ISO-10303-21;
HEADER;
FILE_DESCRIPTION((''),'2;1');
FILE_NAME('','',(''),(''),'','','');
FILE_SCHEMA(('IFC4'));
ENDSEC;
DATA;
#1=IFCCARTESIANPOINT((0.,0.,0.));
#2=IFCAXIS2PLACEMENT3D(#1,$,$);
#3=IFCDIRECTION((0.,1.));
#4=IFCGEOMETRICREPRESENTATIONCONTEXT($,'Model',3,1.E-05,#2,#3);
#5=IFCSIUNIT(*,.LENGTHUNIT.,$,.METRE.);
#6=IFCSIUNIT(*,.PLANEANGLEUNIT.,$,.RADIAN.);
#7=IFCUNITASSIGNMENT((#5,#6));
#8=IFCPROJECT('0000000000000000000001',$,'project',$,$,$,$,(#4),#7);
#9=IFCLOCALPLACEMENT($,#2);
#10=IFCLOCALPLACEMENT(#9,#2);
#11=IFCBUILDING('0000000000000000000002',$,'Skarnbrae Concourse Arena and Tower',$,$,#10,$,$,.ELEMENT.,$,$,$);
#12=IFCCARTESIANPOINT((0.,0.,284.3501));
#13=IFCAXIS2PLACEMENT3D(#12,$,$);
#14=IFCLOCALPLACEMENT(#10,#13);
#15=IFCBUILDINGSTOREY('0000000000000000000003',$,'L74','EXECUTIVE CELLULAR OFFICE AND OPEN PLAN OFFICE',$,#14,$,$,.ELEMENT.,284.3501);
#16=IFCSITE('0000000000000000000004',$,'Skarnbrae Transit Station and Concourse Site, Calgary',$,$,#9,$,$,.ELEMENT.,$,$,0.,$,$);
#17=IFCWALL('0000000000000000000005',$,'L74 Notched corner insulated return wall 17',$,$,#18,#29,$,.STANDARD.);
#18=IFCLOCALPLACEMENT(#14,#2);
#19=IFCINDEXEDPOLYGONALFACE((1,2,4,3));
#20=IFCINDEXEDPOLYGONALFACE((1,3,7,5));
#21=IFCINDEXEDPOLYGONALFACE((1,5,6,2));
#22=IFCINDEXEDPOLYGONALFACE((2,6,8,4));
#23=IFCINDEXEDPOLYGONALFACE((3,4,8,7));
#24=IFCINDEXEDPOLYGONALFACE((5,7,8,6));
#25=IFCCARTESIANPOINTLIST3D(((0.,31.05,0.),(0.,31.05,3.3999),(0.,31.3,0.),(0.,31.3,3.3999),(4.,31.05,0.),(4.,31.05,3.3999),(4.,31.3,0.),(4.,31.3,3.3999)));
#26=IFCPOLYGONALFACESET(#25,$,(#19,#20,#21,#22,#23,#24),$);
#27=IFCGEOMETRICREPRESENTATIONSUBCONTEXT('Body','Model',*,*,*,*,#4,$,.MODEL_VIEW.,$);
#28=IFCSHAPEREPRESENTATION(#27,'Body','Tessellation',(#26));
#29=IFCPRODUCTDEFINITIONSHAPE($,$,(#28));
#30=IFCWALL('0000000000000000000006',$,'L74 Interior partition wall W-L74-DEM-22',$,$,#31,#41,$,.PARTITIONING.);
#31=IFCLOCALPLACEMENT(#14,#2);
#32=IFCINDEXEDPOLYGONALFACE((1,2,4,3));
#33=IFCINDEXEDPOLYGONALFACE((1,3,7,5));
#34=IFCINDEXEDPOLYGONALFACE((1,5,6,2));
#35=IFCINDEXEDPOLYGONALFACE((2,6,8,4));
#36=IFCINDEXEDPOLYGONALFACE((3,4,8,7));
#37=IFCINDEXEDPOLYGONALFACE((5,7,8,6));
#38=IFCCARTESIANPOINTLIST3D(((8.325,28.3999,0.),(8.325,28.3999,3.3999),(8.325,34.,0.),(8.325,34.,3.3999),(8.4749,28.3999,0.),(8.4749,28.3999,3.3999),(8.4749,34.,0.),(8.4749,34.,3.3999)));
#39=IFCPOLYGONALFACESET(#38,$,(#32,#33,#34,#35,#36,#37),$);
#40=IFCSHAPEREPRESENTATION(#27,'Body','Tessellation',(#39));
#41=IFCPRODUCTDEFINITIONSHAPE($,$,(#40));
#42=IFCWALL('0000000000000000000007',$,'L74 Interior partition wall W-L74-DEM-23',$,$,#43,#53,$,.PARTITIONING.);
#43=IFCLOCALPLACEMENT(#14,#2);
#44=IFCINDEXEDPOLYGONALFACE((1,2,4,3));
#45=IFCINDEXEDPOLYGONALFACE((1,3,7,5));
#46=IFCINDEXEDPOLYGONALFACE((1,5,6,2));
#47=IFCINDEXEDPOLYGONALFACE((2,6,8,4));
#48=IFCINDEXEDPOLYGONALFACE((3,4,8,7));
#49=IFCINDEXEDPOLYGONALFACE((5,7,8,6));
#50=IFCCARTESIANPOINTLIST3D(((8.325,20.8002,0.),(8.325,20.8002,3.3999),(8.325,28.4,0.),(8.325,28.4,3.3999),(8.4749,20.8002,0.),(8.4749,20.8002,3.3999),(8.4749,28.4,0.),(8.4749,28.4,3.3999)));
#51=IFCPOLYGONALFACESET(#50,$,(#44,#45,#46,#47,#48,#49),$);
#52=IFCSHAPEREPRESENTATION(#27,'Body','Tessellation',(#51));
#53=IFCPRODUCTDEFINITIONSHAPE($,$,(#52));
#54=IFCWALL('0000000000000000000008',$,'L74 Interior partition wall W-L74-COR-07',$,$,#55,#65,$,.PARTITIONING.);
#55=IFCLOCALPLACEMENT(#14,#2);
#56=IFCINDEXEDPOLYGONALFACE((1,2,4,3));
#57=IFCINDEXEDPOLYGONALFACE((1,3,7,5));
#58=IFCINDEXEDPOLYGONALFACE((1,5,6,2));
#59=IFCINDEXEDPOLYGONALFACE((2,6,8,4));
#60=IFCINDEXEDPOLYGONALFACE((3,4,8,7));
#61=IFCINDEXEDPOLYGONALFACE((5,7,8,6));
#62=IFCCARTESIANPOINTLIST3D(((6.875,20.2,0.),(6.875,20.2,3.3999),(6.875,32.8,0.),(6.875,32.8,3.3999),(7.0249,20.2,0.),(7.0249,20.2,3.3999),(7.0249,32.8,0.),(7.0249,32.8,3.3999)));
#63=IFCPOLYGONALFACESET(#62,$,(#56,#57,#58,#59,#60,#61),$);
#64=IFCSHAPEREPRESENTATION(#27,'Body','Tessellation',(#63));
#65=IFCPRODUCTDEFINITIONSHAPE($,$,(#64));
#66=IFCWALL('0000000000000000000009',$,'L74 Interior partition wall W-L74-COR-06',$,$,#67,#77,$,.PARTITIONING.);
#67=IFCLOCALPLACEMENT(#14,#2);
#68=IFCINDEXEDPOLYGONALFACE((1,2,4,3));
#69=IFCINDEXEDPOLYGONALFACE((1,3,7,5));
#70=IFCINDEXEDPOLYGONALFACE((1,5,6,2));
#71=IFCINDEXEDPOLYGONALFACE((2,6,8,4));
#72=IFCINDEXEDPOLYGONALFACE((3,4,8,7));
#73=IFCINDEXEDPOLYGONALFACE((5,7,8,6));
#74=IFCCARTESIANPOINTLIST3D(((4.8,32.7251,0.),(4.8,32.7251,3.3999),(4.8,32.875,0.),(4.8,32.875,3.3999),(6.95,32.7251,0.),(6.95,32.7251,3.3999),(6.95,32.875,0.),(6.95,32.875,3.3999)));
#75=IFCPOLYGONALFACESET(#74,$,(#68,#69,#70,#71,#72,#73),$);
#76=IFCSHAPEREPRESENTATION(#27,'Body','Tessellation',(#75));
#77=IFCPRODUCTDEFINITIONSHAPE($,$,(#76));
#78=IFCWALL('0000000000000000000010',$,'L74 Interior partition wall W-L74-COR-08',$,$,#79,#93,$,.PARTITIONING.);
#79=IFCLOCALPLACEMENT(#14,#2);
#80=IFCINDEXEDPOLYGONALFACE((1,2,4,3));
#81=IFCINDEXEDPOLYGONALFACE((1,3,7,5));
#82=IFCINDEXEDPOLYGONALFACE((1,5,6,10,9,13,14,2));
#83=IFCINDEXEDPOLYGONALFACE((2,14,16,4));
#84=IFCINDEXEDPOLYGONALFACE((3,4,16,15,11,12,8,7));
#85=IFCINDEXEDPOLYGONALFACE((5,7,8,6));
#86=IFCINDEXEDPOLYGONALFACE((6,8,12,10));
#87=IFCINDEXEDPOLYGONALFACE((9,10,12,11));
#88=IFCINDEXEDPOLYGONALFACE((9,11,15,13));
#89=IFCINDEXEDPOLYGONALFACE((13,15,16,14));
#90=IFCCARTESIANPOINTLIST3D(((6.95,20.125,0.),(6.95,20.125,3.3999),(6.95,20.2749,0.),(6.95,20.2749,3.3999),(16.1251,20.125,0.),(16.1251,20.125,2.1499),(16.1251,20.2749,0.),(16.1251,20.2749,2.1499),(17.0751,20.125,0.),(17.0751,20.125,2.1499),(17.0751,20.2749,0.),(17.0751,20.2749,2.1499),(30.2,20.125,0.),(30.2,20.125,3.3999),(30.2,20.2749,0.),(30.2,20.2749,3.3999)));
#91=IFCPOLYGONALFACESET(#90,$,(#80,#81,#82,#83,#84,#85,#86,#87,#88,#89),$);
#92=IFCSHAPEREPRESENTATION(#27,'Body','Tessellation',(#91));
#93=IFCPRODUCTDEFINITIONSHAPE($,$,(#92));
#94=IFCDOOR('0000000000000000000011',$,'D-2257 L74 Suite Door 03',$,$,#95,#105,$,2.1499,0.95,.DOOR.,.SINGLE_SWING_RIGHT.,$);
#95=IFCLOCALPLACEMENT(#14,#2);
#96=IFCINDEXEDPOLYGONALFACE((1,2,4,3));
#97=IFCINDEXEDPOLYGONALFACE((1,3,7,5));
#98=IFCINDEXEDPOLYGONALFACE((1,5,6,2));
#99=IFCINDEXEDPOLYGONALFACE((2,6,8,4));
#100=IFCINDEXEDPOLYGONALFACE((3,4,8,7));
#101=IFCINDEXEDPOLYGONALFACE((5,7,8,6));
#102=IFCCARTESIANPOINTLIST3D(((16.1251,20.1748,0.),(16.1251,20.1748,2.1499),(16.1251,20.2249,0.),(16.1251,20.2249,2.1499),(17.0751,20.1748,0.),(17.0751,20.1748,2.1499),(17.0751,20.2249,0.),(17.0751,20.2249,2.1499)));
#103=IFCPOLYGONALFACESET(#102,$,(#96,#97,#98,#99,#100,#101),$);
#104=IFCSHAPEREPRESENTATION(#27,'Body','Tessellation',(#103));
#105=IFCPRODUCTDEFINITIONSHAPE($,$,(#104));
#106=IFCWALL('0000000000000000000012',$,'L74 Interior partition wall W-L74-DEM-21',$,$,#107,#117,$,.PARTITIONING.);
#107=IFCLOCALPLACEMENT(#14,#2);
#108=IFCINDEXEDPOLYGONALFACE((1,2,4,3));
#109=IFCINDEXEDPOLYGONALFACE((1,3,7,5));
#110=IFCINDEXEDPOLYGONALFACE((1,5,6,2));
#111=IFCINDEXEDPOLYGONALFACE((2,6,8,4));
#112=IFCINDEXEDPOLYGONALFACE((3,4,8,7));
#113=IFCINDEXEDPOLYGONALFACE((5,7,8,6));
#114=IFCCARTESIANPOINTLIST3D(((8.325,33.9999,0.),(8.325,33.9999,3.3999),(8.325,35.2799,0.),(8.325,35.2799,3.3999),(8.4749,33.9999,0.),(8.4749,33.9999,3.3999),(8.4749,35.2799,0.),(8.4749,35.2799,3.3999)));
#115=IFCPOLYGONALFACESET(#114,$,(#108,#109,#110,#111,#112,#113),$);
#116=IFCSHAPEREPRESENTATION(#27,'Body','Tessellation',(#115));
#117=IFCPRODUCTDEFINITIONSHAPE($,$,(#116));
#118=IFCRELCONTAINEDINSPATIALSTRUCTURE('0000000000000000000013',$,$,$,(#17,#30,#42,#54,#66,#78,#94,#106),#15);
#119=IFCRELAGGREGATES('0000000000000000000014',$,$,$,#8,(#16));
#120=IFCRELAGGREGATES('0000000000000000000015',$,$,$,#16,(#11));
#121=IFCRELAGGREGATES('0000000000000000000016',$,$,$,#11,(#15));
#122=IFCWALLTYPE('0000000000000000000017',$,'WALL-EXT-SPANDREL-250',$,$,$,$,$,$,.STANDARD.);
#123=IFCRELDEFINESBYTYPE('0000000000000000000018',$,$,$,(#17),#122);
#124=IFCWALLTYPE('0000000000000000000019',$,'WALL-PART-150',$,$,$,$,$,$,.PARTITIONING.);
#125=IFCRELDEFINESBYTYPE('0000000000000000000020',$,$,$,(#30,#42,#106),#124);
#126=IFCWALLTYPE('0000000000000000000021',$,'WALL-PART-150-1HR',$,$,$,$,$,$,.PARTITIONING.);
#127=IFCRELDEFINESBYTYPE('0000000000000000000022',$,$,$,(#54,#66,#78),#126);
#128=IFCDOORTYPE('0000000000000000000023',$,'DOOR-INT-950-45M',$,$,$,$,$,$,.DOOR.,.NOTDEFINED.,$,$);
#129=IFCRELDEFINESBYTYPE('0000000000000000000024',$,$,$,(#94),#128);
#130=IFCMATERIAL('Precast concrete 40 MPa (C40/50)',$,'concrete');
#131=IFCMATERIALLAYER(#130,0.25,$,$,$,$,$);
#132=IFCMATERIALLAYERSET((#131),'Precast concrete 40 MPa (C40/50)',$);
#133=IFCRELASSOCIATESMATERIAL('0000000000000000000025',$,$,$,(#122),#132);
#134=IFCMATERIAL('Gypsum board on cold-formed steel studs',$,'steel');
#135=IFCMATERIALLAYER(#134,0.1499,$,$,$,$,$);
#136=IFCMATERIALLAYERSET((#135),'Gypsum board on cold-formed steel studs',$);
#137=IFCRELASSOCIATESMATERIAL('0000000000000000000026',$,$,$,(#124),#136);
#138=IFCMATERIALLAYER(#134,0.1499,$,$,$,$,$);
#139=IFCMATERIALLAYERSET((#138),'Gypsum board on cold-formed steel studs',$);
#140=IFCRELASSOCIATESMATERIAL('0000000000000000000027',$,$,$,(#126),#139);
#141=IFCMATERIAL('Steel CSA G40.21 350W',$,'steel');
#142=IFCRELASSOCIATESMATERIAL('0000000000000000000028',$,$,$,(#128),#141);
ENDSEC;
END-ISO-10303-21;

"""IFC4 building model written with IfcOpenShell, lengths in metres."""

from ifc_helpers import new_model, si_unit, direction, frame, frame_2d, origin, place, context, subcontext, project, spatial, rectangle, extrude, source, transform, mapped, material, layer, layer_set, type_object, element, fill, save


model = new_model("IFC4")

# Units and contexts
model_context = context("Model", 3, precision=1e-05, world=origin(), true_north=direction((0.0, 1.0)))
body_context = subcontext(model_context, "Body", "Model", "MODEL_VIEW")
ifc_project = project(units=[si_unit("LENGTHUNIT", "METRE"), si_unit("PLANEANGLEUNIT", "RADIAN")], contexts=[model_context])

# Site, building, storey
site_placement = place(None, origin())
site = spatial("IfcSite", under=ifc_project, at=site_placement, Name="Skarnbrae Transit Station and Concourse Site, Calgary", CompositionType="ELEMENT", RefElevation=0.0)
building_placement = place(site_placement, origin())
building = spatial("IfcBuilding", under=site, at=building_placement, Name="Skarnbrae Concourse Arena and Tower", CompositionType="ELEMENT")
storey_placement = place(building_placement, frame((0.0, 0.0, 284.3501)))
storey = spatial("IfcBuildingStorey", under=building, at=storey_placement, Name="L74", Description="EXECUTIVE CELLULAR OFFICE AND OPEN PLAN OFFICE", CompositionType="ELEMENT", Elevation=284.3501)

# Shared definitions
ifc_material_1 = material(Name="Steel CSA G40.21 350W", Category="steel")

# Walls
ifc_material_2 = material(Name="Precast concrete 40 MPa (C40/50)", Category="concrete")
ifc_layer_1 = layer(ifc_material_2, 0.25)
ifc_layer_set_1 = layer_set([ifc_layer_1], Name="Precast concrete 40 MPa (C40/50)")
wall_type_1 = type_object("IfcWallType", Name="WALL-EXT-SPANDREL-250", PredefinedType="STANDARD", material=ifc_layer_set_1)
shared_shape_1 = source(origin(), body_context, "Body", "SweptSolid", [
    extrude(rectangle(XDim=4.0, YDim=0.25, at=frame_2d((2.0, 0.0))), origin(), (0.0, 0.0, 1.0), 3.3999),
])
for number, where, z_axis, x_axis, name in (
    (1, (4.0, 31.175, 0.0), (0.0, 0.0, 1.0), (-1.0, 0.0, 0.0), "L74 Notched corner insulated return wall 17"),
):
    element("IfcWall", number, at=place(storey_placement, frame(where, z_axis=z_axis, x_axis=x_axis)), inside=storey, type_object=wall_type_1, Name=name, PredefinedType="STANDARD", context=body_context, shape_type="MappedRepresentation", body=[
        mapped(shared_shape_1, transform((0.0, 0.0, 0.0))),
    ])
ifc_material_3 = material(Name="Gypsum board on cold-formed steel studs", Category="steel")
ifc_layer_2 = layer(ifc_material_3, 0.1499)
ifc_layer_set_2 = layer_set([ifc_layer_2], Name="Gypsum board on cold-formed steel studs")
wall_type_2 = type_object("IfcWallType", Name="WALL-PART-150", PredefinedType="PARTITIONING", material=ifc_layer_set_2)
shared_shape_2 = source(origin(), body_context, "Body", "SweptSolid", [
    extrude(rectangle(XDim=5.6001, YDim=0.1499, at=frame_2d((2.8, 0.0))), origin(), (0.0, 0.0, 1.0), 3.3999),
])
wall_1_placement = place(storey_placement, frame((8.3999, 34.0, 0.0), z_axis=(0.0, 0.0, 1.0), x_axis=(0.0, -1.0, 0.0)))
element("IfcWall", 2, at=wall_1_placement, inside=storey, type_object=wall_type_2, Name="L74 Interior partition wall W-L74-DEM-22", PredefinedType="PARTITIONING", context=body_context, shape_type="MappedRepresentation", body=[
    mapped(shared_shape_2, transform((0.0, 0.0, 0.0))),
])
shared_shape_3 = source(origin(), body_context, "Body", "SweptSolid", [
    extrude(rectangle(XDim=7.5999, YDim=0.1499, at=frame_2d((3.7998, 0.0))), origin(), (0.0, 0.0, 1.0), 3.3999),
])
wall_2_placement = place(storey_placement, frame((8.3999, 28.3999, 0.0), z_axis=(0.0, 0.0, 1.0), x_axis=(0.0, -1.0, 0.0)))
element("IfcWall", 3, at=wall_2_placement, inside=storey, type_object=wall_type_2, Name="L74 Interior partition wall W-L74-DEM-23", PredefinedType="PARTITIONING", context=body_context, shape_type="MappedRepresentation", body=[
    mapped(shared_shape_3, transform((0.0, 0.0, 0.0))),
])
ifc_layer_3 = layer(ifc_material_3, 0.1499)
ifc_layer_set_3 = layer_set([ifc_layer_3], Name="Gypsum board on cold-formed steel studs")
wall_type_3 = type_object("IfcWallType", Name="WALL-PART-150-1HR", PredefinedType="PARTITIONING", material=ifc_layer_set_3)
shared_shape_4 = source(origin(), body_context, "Body", "SweptSolid", [
    extrude(rectangle(XDim=12.6001, YDim=0.1499, at=frame_2d((6.3, 0.0))), origin(), (0.0, 0.0, 1.0), 3.3999),
])
wall_3_placement = place(storey_placement, frame((6.95, 32.8, 0.0), z_axis=(0.0, 0.0, 1.0), x_axis=(0.0, -1.0, 0.0)))
element("IfcWall", 4, at=wall_3_placement, inside=storey, type_object=wall_type_3, Name="L74 Interior partition wall W-L74-COR-07", PredefinedType="PARTITIONING", context=body_context, shape_type="MappedRepresentation", body=[
    mapped(shared_shape_4, transform((0.0, 0.0, 0.0))),
])
shared_shape_5 = source(origin(), body_context, "Body", "SweptSolid", [
    extrude(rectangle(XDim=2.1499, YDim=0.1499, at=frame_2d((1.075, 0.0))), origin(), (0.0, 0.0, 1.0), 3.3999),
])
wall_4_placement = place(storey_placement, frame((4.8, 32.8, 0.0), z_axis=(0.0, 0.0, 1.0), x_axis=(1.0, 0.0, 0.0)))
element("IfcWall", 5, at=wall_4_placement, inside=storey, type_object=wall_type_3, Name="L74 Interior partition wall W-L74-COR-06", PredefinedType="PARTITIONING", context=body_context, shape_type="MappedRepresentation", body=[
    mapped(shared_shape_5, transform((0.0, 0.0, 0.0))),
])

# Wall, opening, door
shared_shape_6 = source(origin(), body_context, "Body", "SweptSolid", [
    extrude(rectangle(XDim=23.25, YDim=0.1499, at=frame_2d((11.625, 0.0))), origin(), (0.0, 0.0, 1.0), 3.3999),
])
wall_5_placement = place(storey_placement, frame((6.95, 20.2, 0.0), z_axis=(0.0, 0.0, 1.0), x_axis=(1.0, 0.0, 0.0)))
wall_5 = element("IfcWall", 6, at=wall_5_placement, inside=storey, type_object=wall_type_3, Name="L74 Interior partition wall W-L74-COR-08", PredefinedType="PARTITIONING", context=body_context, shape_type="MappedRepresentation", body=[
    mapped(shared_shape_6, transform((0.0, 0.0, 0.0))),
])
opening_placement = place(wall_5_placement, frame((9.175, 0.0, 0.0)))
opening = element("IfcOpeningElement", 7, at=opening_placement, cuts=wall_5, PredefinedType="OPENING", context=body_context, shape_type="SweptSolid", body=[
    extrude(rectangle(XDim=0.95, YDim=2.1499, at=frame_2d((0.4751, 1.075))), frame((0.0, 0.085, 0.0), z_axis=(0.0, -1.0, 0.0), x_axis=(1.0, 0.0, 0.0)), (0.0, 0.0, 1.0), 0.1699),
])
door_type = type_object("IfcDoorType", Name="DOOR-INT-950-45M", OperationType="NOTDEFINED", PredefinedType="DOOR", material=ifc_material_1)
shared_shape_7 = source(origin(), body_context, "Body", "SweptSolid", [
    extrude(rectangle(XDim=0.95, YDim=2.1499, at=frame_2d((0.4751, 1.075))), frame((0.0, 0.0249, 0.0), z_axis=(0.0, -1.0, 0.0), x_axis=(1.0, 0.0, 0.0)), (0.0, 0.0, 1.0), 0.05),
])
door_placement = place(opening_placement, origin())
door = element("IfcDoor", 8, at=door_placement, inside=storey, type_object=door_type, Name="D-2257 L74 Suite Door 03", OperationType="SINGLE_SWING_RIGHT", OverallHeight=2.1499, OverallWidth=0.95, PredefinedType="DOOR", context=body_context, shape_type="MappedRepresentation", body=[
    mapped(shared_shape_7, transform((0.0, 0.0, 0.0))),
])
fill(opening, door)

# Wall
shared_shape_8 = source(origin(), body_context, "Body", "SweptSolid", [
    extrude(rectangle(XDim=1.28, YDim=0.1499, at=frame_2d((0.6401, 0.0))), origin(), (0.0, 0.0, 1.0), 3.3999),
])
wall_6_placement = place(storey_placement, frame((8.3999, 35.28, 0.0), z_axis=(0.0, 0.0, 1.0), x_axis=(0.0, -1.0, 0.0)))
element("IfcWall", 9, at=wall_6_placement, inside=storey, type_object=wall_type_2, Name="L74 Interior partition wall W-L74-DEM-21", PredefinedType="PARTITIONING", context=body_context, shape_type="MappedRepresentation", body=[
    mapped(shared_shape_8, transform((0.0, 0.0, 0.0))),
])

save(model, "model.ifc")
